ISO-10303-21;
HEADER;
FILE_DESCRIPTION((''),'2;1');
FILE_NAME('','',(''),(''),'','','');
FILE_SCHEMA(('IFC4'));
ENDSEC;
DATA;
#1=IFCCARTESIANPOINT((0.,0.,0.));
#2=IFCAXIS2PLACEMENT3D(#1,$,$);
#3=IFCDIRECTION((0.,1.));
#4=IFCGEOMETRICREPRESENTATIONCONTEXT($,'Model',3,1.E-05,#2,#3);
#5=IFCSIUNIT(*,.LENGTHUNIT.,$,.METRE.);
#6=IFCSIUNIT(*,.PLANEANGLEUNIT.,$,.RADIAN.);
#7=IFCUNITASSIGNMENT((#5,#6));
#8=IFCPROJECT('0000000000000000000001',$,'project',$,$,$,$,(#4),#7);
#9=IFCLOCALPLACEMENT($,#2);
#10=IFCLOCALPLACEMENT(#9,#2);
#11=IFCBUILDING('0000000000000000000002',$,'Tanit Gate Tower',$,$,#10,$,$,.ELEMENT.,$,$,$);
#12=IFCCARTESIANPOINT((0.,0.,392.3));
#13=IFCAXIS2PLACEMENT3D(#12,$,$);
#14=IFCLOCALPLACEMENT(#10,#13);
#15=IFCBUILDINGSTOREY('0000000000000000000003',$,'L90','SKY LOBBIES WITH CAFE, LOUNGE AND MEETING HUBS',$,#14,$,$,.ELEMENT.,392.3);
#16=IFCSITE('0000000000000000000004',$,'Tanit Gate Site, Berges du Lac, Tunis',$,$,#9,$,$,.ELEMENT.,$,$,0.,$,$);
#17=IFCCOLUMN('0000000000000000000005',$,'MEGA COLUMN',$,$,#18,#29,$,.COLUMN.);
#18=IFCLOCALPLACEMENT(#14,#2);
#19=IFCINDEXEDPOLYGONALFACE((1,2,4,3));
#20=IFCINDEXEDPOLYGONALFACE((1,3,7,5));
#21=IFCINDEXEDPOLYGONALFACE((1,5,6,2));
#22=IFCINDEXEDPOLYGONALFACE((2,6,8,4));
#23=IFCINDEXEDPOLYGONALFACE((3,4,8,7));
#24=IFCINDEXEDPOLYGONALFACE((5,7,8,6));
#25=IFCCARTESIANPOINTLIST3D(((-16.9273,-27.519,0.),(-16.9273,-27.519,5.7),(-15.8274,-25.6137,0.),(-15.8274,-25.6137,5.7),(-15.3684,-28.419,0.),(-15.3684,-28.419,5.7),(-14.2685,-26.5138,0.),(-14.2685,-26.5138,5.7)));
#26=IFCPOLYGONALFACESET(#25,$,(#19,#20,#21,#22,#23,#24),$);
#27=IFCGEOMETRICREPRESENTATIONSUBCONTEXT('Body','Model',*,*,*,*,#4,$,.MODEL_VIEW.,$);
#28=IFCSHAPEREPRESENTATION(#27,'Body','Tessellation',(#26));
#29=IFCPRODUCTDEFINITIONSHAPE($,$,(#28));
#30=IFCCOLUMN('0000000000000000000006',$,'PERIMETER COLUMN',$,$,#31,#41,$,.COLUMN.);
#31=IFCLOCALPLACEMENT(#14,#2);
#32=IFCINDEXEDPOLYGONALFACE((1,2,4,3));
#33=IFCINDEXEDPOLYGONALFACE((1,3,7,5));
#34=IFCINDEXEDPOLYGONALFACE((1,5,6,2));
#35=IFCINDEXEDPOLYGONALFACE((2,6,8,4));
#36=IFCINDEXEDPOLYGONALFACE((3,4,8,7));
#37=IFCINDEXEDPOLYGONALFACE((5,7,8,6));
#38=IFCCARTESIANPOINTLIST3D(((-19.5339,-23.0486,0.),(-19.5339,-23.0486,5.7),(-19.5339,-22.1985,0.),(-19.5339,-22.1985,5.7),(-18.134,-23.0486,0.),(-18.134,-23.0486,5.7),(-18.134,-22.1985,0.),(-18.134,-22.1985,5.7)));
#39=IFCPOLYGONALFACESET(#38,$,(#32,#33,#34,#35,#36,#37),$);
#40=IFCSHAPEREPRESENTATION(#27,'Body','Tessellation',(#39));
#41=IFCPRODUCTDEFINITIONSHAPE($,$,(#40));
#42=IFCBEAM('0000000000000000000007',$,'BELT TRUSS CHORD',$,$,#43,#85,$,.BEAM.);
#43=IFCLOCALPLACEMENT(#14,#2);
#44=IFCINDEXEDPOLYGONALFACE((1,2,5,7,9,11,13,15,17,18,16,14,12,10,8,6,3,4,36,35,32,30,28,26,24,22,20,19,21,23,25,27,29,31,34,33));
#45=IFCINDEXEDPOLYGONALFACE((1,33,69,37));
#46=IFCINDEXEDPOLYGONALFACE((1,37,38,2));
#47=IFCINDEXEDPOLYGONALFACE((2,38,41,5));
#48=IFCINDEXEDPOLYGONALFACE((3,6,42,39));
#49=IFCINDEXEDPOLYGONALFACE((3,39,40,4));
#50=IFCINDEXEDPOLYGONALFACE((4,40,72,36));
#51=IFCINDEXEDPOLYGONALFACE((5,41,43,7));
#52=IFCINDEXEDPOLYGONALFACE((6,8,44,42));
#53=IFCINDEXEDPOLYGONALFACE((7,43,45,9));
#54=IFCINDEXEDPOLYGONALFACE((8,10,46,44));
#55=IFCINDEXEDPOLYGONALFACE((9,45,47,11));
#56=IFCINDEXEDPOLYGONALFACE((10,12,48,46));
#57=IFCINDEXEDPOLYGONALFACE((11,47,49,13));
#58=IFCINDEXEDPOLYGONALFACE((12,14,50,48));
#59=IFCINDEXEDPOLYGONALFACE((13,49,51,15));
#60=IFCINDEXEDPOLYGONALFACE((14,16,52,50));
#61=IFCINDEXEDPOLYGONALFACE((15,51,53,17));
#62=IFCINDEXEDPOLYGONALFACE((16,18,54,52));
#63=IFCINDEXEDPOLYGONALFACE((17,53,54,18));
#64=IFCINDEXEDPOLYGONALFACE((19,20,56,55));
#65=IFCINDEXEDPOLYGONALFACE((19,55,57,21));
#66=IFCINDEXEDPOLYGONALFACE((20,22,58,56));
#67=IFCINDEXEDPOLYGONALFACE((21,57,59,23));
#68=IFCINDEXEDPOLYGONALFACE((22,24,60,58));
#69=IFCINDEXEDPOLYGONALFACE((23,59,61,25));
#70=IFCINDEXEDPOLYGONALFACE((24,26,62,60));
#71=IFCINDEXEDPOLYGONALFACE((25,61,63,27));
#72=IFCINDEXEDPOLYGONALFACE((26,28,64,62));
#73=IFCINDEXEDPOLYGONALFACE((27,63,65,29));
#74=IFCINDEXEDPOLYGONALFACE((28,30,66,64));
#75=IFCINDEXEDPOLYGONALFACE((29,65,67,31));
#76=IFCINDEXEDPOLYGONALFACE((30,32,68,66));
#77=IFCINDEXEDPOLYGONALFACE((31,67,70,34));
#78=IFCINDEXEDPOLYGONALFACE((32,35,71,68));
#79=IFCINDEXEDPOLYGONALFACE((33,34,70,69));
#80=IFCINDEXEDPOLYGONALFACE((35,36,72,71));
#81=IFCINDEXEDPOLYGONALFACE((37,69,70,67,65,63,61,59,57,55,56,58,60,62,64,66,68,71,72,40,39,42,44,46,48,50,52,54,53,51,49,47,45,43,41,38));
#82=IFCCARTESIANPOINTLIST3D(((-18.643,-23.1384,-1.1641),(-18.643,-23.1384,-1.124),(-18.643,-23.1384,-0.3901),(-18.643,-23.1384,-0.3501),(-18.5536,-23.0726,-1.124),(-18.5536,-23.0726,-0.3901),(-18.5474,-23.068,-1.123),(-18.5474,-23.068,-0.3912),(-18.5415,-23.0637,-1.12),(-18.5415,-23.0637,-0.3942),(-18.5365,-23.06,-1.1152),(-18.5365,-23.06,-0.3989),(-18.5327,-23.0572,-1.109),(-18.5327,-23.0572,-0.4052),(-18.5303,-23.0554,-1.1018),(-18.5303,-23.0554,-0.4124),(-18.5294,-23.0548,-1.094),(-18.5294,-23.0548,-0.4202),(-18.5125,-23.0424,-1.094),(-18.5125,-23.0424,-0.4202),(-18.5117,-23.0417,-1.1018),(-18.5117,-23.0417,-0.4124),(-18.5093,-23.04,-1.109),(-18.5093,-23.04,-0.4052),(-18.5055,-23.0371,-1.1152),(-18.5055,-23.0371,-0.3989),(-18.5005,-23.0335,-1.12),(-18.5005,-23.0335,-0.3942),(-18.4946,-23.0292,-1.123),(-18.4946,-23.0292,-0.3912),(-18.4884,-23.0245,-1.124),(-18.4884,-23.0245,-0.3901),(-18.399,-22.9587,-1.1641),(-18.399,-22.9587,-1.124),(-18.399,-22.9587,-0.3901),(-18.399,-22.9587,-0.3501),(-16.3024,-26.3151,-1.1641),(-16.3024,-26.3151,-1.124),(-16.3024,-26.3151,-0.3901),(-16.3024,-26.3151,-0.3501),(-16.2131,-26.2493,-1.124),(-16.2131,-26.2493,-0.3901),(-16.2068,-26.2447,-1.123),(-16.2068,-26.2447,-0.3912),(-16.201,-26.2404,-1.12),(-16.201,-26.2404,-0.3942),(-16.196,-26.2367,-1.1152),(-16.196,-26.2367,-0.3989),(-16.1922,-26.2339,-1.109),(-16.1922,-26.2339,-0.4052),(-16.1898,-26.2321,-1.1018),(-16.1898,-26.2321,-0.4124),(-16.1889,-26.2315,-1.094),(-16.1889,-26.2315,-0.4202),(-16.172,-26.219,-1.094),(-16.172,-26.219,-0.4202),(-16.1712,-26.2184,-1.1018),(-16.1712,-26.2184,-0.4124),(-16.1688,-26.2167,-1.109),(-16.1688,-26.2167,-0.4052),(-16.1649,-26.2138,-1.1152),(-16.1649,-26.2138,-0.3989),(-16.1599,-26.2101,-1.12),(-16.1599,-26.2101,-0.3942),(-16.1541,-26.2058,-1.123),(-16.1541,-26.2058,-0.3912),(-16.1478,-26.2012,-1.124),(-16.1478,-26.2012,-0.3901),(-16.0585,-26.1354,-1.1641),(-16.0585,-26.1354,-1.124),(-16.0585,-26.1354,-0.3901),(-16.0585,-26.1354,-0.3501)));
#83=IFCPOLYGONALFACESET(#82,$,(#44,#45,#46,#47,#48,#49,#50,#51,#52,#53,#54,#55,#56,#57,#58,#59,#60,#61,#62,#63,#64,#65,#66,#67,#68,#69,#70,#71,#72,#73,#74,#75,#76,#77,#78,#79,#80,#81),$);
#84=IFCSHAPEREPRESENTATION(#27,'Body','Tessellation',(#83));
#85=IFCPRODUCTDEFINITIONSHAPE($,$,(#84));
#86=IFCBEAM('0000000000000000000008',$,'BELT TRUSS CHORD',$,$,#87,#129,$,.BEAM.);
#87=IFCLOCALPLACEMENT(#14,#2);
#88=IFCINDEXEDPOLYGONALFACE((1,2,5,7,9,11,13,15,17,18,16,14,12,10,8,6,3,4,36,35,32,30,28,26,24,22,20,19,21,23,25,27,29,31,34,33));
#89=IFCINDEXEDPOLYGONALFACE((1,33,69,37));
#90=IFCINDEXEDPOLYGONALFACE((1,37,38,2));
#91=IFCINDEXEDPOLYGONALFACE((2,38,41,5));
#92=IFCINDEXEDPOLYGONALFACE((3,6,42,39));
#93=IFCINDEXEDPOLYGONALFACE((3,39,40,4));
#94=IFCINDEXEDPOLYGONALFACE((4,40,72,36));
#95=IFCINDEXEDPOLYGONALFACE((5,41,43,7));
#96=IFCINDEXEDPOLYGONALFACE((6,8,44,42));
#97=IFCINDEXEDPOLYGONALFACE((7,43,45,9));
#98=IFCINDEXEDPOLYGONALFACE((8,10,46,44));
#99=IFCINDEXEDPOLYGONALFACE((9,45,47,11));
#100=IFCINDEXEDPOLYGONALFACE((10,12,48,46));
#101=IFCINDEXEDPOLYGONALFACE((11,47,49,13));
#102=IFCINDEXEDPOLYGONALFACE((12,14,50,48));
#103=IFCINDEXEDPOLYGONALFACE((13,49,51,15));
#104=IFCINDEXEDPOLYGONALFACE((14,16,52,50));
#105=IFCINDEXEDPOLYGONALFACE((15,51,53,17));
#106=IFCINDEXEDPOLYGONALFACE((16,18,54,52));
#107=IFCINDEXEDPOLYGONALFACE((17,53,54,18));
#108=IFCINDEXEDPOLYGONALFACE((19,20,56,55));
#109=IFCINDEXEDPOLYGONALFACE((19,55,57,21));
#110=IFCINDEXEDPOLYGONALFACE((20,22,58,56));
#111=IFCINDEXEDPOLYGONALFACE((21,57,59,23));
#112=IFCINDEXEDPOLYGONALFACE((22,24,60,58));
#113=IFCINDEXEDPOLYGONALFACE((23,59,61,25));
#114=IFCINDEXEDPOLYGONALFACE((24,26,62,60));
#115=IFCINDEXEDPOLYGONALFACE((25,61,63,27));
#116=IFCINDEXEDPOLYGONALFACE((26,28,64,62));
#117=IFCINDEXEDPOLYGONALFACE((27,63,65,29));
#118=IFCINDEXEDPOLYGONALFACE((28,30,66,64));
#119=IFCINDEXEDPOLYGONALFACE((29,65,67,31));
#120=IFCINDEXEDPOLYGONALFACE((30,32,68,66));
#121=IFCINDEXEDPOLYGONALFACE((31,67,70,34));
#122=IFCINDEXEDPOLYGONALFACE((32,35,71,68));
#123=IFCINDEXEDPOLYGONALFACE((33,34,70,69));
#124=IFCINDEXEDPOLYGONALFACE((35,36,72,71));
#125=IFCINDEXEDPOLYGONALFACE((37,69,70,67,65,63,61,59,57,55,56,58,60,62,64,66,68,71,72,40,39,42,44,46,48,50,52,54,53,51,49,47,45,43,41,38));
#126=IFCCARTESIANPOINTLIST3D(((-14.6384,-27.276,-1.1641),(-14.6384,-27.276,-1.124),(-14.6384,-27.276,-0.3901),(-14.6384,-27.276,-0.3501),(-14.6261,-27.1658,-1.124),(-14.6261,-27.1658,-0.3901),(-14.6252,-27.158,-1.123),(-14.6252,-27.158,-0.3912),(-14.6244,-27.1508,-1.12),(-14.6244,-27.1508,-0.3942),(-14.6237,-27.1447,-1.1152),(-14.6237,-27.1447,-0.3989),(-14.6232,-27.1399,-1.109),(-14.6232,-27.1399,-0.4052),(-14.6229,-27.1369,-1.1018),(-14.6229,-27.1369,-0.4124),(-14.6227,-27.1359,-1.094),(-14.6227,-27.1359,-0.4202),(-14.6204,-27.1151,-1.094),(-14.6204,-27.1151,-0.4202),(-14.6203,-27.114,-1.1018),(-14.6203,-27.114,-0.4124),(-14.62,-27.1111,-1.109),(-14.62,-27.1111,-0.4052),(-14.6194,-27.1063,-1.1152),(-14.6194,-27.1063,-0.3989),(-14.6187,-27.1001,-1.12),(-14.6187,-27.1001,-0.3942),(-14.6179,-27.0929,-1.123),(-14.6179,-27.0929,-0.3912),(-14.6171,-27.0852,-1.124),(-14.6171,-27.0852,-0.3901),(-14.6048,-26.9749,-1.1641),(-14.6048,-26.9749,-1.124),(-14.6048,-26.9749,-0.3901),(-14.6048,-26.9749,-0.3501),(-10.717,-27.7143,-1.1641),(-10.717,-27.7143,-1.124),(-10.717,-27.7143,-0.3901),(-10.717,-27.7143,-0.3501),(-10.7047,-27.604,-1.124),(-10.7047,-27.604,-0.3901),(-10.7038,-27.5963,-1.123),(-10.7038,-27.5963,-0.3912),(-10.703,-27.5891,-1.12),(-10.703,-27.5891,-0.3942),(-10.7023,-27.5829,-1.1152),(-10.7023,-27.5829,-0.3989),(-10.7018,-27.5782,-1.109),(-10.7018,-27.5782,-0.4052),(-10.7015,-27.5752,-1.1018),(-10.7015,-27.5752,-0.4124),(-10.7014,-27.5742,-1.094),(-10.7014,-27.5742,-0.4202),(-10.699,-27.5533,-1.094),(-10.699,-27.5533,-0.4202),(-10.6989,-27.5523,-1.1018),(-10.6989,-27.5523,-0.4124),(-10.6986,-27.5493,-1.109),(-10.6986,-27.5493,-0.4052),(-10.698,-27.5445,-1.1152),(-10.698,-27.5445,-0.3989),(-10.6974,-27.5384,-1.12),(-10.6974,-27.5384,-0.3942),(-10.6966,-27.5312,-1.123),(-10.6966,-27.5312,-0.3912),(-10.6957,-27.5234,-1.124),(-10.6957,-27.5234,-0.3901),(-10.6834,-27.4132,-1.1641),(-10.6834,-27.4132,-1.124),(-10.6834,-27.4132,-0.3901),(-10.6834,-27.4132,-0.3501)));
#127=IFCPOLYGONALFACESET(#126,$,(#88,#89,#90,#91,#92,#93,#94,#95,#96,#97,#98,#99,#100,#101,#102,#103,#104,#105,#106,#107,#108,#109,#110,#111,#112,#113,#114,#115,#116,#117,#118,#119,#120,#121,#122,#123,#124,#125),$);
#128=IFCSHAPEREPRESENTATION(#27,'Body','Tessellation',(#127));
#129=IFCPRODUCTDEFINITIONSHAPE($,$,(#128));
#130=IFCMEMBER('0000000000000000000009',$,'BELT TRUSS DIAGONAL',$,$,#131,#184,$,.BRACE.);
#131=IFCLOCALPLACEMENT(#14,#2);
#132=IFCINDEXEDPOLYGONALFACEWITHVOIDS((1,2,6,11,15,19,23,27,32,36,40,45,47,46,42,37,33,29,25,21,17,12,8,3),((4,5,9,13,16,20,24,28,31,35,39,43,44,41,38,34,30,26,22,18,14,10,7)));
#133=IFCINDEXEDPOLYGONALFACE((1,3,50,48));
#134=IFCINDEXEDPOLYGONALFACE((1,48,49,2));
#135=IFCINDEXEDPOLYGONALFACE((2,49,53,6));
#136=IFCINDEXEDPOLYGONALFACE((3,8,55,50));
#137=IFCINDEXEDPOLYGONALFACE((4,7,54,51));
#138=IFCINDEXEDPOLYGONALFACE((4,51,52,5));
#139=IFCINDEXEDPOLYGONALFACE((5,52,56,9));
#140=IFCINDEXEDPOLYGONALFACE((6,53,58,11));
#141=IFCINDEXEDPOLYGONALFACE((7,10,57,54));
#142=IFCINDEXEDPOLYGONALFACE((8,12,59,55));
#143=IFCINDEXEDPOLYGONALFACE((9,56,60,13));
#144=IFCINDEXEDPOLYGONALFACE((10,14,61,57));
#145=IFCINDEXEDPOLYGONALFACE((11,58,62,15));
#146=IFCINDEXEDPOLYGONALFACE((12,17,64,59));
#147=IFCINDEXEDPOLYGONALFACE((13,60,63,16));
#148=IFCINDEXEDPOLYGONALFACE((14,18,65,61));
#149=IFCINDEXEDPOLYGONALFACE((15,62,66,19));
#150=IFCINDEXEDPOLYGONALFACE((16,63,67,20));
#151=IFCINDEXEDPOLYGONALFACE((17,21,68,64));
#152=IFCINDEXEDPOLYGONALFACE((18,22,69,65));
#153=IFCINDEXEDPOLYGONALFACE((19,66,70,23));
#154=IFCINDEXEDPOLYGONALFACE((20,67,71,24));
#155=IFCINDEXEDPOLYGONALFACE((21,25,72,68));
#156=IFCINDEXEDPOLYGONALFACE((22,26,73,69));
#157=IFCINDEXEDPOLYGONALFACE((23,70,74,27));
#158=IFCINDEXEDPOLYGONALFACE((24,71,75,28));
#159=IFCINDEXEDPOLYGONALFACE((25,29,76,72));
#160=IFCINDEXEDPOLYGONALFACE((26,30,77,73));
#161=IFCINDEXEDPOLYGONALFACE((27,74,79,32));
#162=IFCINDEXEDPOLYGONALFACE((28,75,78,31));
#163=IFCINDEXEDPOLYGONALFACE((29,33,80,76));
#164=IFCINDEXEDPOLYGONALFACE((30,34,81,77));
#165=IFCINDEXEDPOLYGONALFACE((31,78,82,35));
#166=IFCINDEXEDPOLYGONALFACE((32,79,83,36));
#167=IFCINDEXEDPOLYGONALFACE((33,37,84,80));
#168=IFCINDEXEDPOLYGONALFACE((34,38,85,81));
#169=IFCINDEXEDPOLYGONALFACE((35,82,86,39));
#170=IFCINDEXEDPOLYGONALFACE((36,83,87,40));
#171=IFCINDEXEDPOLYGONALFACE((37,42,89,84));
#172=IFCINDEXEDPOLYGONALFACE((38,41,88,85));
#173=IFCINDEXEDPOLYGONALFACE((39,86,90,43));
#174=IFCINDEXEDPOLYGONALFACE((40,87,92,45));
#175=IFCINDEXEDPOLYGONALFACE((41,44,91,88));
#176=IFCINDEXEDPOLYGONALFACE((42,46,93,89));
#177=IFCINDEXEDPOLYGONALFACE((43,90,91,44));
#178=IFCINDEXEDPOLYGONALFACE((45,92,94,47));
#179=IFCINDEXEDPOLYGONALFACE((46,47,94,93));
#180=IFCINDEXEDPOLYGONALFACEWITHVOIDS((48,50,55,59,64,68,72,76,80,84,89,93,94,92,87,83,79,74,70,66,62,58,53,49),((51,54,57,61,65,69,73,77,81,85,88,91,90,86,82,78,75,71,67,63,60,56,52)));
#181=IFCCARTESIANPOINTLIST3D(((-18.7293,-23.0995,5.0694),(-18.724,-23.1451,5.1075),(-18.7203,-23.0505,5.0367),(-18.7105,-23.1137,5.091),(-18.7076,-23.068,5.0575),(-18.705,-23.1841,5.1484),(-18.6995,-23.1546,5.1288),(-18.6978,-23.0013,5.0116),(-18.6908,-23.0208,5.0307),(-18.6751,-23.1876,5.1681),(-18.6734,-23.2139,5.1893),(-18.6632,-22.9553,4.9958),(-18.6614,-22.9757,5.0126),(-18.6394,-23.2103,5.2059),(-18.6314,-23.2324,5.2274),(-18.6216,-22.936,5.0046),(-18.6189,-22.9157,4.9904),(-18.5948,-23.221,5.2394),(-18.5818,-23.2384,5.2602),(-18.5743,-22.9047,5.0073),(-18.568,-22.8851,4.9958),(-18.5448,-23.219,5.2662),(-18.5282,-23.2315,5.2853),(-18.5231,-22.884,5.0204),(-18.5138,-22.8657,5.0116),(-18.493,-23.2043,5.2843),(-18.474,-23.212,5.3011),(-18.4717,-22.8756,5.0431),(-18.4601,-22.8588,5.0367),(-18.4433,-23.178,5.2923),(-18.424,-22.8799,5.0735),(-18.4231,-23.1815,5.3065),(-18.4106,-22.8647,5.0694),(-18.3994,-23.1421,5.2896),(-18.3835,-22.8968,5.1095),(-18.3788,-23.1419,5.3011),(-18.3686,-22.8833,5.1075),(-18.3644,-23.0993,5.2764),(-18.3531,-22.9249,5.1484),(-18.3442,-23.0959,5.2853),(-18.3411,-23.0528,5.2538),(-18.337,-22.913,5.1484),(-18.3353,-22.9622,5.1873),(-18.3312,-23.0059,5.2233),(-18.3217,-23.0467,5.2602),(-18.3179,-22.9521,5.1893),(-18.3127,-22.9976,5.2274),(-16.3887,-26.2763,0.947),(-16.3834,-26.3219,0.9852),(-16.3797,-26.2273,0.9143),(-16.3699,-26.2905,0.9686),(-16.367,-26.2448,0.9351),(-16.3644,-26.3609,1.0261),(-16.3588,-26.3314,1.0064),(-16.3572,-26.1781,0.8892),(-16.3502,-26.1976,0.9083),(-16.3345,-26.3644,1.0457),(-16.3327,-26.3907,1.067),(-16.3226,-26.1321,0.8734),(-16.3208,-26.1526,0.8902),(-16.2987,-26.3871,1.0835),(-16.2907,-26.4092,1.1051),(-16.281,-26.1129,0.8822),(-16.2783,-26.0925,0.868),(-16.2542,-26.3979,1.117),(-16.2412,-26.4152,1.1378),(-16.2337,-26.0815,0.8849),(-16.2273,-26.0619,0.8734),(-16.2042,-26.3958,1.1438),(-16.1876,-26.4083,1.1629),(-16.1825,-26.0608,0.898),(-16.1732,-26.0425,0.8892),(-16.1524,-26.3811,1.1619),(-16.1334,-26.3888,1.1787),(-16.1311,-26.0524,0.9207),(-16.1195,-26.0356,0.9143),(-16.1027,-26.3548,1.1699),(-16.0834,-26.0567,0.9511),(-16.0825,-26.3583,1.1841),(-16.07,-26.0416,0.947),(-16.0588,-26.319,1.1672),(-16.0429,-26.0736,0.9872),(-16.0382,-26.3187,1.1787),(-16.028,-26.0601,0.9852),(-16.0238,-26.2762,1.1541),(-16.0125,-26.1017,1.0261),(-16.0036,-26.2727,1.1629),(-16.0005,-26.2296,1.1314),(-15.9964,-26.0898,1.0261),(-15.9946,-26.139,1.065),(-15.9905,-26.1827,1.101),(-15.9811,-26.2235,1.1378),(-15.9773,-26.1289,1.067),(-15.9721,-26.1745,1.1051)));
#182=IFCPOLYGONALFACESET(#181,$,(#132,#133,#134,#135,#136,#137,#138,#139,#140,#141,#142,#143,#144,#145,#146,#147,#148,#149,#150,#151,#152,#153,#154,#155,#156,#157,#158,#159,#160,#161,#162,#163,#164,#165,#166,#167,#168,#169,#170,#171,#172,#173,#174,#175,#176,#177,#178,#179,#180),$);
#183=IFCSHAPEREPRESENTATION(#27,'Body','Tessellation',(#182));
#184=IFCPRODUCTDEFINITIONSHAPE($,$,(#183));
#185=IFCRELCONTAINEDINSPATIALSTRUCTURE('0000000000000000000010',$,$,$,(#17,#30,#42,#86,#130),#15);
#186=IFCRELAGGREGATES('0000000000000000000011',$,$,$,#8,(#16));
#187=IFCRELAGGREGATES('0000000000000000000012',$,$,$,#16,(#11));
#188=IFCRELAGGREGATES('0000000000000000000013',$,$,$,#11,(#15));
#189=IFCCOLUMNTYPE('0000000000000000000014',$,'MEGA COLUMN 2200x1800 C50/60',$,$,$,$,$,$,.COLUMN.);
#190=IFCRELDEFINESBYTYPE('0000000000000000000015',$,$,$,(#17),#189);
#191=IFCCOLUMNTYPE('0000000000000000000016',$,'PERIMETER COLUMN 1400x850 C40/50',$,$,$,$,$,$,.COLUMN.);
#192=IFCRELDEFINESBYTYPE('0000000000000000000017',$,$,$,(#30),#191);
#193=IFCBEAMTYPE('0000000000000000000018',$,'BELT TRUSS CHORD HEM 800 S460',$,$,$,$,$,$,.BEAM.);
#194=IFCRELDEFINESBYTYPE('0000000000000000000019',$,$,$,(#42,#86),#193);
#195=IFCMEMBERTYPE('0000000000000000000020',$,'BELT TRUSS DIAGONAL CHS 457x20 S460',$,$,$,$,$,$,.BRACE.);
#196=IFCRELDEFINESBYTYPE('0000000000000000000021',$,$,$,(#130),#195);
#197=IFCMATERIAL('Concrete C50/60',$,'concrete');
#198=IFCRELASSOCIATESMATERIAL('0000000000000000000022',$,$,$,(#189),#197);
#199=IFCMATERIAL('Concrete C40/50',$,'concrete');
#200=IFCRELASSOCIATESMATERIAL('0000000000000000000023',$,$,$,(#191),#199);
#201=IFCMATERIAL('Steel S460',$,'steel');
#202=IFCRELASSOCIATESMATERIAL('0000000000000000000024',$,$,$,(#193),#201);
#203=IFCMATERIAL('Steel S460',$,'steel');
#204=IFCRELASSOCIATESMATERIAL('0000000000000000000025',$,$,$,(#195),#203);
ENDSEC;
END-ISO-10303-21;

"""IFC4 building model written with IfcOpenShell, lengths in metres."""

from ifc_helpers import new_model, si_unit, direction, frame, origin, origin_2d, place, context, subcontext, project, spatial, rectangle, hollow_circle, i_section, extrude, material, material_profile, profile_set, type_object, element, save


model = new_model("IFC4")

# Units and contexts
model_context = context("Model", 3, precision=1e-05, world=origin(), true_north=direction((0.0, 1.0)))
body_context = subcontext(model_context, "Body", "Model", "MODEL_VIEW")
ifc_project = project(units=[si_unit("LENGTHUNIT", "METRE"), si_unit("PLANEANGLEUNIT", "RADIAN")], contexts=[model_context])

# Site, building, storey
site_placement = place(None, origin())
site = spatial("IfcSite", under=ifc_project, at=site_placement, Name="Tanit Gate Site, Berges du Lac, Tunis", CompositionType="ELEMENT", RefElevation=0.0)
building_placement = place(site_placement, origin())
building = spatial("IfcBuilding", under=site, at=building_placement, Name="Tanit Gate Tower", CompositionType="ELEMENT")
storey_placement = place(building_placement, frame((0.0, 0.0, 392.3)))
storey = spatial("IfcBuildingStorey", under=building, at=storey_placement, Name="L90", Description="SKY LOBBIES WITH CAFE, LOUNGE AND MEETING HUBS", CompositionType="ELEMENT", Elevation=392.3)

# Columns
ifc_material_1 = material(Name="Concrete C50/60", Category="concrete")
ifc_material_profile_1 = material_profile(ifc_material_1, rectangle(XDim=2.2, YDim=1.8, at=origin_2d()), Name="RC 2200x1800")
ifc_profile_set_1 = profile_set([ifc_material_profile_1], Name="Concrete C50/60")
column_type_1 = type_object("IfcColumnType", Name="MEGA COLUMN 2200x1800 C50/60", PredefinedType="COLUMN", material=ifc_profile_set_1)
column_1_placement = place(storey_placement, frame((-15.5979, -27.0164, 0.0), z_axis=(0.0, 0.0, 1.0), x_axis=(-0.5, -0.866025, 0.0)))
element("IfcColumn", 1, at=column_1_placement, inside=storey, type_object=column_type_1, Name="MEGA COLUMN", PredefinedType="COLUMN", context=body_context, shape_type="SweptSolid", body=[
    extrude(rectangle(XDim=2.2, YDim=1.8, at=origin_2d()), origin(), (0.0, 0.0, 1.0), 5.7),
])
ifc_material_2 = material(Name="Concrete C40/50", Category="concrete")
ifc_material_profile_2 = material_profile(ifc_material_2, rectangle(XDim=1.3999, YDim=0.8501, at=origin_2d()), Name="RC 1400x850")
ifc_profile_set_2 = profile_set([ifc_material_profile_2], Name="Concrete C40/50")
column_type_2 = type_object("IfcColumnType", Name="PERIMETER COLUMN 1400x850 C40/50", PredefinedType="COLUMN", material=ifc_profile_set_2)
column_2_placement = place(storey_placement, frame((-18.834, -22.6235, 0.0), z_axis=(0.0, 0.0, 1.0), x_axis=(-1.0, 0.0, 0.0)))
element("IfcColumn", 2, at=column_2_placement, inside=storey, type_object=column_type_2, Name="PERIMETER COLUMN", PredefinedType="COLUMN", context=body_context, shape_type="SweptSolid", body=[
    extrude(rectangle(XDim=1.3999, YDim=0.8501, at=origin_2d()), origin(), (0.0, 0.0, 1.0), 5.7),
])

# Beams
ifc_material_3 = material(Name="Steel S460", Category="steel")
ifc_material_profile_3 = material_profile(ifc_material_3, i_section(OverallWidth=0.303, OverallDepth=0.814, WebThickness=0.021, FlangeThickness=0.04, FilletRadius=0.03, at=origin_2d()), Name="HEM 800")
ifc_profile_set_3 = profile_set([ifc_material_profile_3], Name="Steel S460")
beam_type_1 = type_object("IfcBeamType", Name="BELT TRUSS CHORD HEM 800 S460", PredefinedType="BEAM", material=ifc_profile_set_3)
for number, where, z_axis, x_axis, name in (
    (3, (-18.521, -23.0486, -0.7571), (0.593167, -0.805079, 0.0), (0.805079, 0.593167, 0.0), "BELT TRUSS CHORD"),
    (4, (-14.6216, -27.1255, -0.7571), (0.993813, -0.111063, 0.0), (0.111063, 0.993813, 0.0), "BELT TRUSS CHORD"),
):
    element("IfcBeam", number, at=place(storey_placement, frame(where, z_axis=z_axis, x_axis=x_axis)), inside=storey, type_object=beam_type_1, Name=name, PredefinedType="BEAM", context=body_context, shape_type="SweptSolid", body=[
        extrude(i_section(OverallWidth=0.303, OverallDepth=0.814, WebThickness=0.021, FlangeThickness=0.04, FilletRadius=0.03, at=origin_2d()), origin(), (0.0, 0.0, 1.0), 3.9458),
    ])

# Member
ifc_material_4 = material(Name="Steel S460", Category="steel")
ifc_material_profile_4 = material_profile(ifc_material_4, hollow_circle(Radius=0.2285, WallThickness=0.02, at=origin_2d()), Name="CHS 457x20")
ifc_profile_set_4 = profile_set([ifc_material_profile_4], Name="Steel S460")
member_type_1 = type_object("IfcMemberType", Name="BELT TRUSS DIAGONAL CHS 457x20 S460", PredefinedType="BRACE", material=ifc_profile_set_4)
member_1_placement = place(storey_placement, frame((-18.521, -23.0486, 5.1484), z_axis=(0.410163, -0.556696, -0.722396), x_axis=(0.805079, 0.593167, 0.0)))
element("IfcMember", 5, at=member_1_placement, inside=storey, type_object=member_type_1, Name="BELT TRUSS DIAGONAL", PredefinedType="BRACE", context=body_context, shape_type="SweptSolid", body=[
    extrude(hollow_circle(Radius=0.2285, WallThickness=0.02, at=origin_2d()), origin(), (0.0, 0.0, 1.0), 5.7065),
])

save(model, "model.ifc")
